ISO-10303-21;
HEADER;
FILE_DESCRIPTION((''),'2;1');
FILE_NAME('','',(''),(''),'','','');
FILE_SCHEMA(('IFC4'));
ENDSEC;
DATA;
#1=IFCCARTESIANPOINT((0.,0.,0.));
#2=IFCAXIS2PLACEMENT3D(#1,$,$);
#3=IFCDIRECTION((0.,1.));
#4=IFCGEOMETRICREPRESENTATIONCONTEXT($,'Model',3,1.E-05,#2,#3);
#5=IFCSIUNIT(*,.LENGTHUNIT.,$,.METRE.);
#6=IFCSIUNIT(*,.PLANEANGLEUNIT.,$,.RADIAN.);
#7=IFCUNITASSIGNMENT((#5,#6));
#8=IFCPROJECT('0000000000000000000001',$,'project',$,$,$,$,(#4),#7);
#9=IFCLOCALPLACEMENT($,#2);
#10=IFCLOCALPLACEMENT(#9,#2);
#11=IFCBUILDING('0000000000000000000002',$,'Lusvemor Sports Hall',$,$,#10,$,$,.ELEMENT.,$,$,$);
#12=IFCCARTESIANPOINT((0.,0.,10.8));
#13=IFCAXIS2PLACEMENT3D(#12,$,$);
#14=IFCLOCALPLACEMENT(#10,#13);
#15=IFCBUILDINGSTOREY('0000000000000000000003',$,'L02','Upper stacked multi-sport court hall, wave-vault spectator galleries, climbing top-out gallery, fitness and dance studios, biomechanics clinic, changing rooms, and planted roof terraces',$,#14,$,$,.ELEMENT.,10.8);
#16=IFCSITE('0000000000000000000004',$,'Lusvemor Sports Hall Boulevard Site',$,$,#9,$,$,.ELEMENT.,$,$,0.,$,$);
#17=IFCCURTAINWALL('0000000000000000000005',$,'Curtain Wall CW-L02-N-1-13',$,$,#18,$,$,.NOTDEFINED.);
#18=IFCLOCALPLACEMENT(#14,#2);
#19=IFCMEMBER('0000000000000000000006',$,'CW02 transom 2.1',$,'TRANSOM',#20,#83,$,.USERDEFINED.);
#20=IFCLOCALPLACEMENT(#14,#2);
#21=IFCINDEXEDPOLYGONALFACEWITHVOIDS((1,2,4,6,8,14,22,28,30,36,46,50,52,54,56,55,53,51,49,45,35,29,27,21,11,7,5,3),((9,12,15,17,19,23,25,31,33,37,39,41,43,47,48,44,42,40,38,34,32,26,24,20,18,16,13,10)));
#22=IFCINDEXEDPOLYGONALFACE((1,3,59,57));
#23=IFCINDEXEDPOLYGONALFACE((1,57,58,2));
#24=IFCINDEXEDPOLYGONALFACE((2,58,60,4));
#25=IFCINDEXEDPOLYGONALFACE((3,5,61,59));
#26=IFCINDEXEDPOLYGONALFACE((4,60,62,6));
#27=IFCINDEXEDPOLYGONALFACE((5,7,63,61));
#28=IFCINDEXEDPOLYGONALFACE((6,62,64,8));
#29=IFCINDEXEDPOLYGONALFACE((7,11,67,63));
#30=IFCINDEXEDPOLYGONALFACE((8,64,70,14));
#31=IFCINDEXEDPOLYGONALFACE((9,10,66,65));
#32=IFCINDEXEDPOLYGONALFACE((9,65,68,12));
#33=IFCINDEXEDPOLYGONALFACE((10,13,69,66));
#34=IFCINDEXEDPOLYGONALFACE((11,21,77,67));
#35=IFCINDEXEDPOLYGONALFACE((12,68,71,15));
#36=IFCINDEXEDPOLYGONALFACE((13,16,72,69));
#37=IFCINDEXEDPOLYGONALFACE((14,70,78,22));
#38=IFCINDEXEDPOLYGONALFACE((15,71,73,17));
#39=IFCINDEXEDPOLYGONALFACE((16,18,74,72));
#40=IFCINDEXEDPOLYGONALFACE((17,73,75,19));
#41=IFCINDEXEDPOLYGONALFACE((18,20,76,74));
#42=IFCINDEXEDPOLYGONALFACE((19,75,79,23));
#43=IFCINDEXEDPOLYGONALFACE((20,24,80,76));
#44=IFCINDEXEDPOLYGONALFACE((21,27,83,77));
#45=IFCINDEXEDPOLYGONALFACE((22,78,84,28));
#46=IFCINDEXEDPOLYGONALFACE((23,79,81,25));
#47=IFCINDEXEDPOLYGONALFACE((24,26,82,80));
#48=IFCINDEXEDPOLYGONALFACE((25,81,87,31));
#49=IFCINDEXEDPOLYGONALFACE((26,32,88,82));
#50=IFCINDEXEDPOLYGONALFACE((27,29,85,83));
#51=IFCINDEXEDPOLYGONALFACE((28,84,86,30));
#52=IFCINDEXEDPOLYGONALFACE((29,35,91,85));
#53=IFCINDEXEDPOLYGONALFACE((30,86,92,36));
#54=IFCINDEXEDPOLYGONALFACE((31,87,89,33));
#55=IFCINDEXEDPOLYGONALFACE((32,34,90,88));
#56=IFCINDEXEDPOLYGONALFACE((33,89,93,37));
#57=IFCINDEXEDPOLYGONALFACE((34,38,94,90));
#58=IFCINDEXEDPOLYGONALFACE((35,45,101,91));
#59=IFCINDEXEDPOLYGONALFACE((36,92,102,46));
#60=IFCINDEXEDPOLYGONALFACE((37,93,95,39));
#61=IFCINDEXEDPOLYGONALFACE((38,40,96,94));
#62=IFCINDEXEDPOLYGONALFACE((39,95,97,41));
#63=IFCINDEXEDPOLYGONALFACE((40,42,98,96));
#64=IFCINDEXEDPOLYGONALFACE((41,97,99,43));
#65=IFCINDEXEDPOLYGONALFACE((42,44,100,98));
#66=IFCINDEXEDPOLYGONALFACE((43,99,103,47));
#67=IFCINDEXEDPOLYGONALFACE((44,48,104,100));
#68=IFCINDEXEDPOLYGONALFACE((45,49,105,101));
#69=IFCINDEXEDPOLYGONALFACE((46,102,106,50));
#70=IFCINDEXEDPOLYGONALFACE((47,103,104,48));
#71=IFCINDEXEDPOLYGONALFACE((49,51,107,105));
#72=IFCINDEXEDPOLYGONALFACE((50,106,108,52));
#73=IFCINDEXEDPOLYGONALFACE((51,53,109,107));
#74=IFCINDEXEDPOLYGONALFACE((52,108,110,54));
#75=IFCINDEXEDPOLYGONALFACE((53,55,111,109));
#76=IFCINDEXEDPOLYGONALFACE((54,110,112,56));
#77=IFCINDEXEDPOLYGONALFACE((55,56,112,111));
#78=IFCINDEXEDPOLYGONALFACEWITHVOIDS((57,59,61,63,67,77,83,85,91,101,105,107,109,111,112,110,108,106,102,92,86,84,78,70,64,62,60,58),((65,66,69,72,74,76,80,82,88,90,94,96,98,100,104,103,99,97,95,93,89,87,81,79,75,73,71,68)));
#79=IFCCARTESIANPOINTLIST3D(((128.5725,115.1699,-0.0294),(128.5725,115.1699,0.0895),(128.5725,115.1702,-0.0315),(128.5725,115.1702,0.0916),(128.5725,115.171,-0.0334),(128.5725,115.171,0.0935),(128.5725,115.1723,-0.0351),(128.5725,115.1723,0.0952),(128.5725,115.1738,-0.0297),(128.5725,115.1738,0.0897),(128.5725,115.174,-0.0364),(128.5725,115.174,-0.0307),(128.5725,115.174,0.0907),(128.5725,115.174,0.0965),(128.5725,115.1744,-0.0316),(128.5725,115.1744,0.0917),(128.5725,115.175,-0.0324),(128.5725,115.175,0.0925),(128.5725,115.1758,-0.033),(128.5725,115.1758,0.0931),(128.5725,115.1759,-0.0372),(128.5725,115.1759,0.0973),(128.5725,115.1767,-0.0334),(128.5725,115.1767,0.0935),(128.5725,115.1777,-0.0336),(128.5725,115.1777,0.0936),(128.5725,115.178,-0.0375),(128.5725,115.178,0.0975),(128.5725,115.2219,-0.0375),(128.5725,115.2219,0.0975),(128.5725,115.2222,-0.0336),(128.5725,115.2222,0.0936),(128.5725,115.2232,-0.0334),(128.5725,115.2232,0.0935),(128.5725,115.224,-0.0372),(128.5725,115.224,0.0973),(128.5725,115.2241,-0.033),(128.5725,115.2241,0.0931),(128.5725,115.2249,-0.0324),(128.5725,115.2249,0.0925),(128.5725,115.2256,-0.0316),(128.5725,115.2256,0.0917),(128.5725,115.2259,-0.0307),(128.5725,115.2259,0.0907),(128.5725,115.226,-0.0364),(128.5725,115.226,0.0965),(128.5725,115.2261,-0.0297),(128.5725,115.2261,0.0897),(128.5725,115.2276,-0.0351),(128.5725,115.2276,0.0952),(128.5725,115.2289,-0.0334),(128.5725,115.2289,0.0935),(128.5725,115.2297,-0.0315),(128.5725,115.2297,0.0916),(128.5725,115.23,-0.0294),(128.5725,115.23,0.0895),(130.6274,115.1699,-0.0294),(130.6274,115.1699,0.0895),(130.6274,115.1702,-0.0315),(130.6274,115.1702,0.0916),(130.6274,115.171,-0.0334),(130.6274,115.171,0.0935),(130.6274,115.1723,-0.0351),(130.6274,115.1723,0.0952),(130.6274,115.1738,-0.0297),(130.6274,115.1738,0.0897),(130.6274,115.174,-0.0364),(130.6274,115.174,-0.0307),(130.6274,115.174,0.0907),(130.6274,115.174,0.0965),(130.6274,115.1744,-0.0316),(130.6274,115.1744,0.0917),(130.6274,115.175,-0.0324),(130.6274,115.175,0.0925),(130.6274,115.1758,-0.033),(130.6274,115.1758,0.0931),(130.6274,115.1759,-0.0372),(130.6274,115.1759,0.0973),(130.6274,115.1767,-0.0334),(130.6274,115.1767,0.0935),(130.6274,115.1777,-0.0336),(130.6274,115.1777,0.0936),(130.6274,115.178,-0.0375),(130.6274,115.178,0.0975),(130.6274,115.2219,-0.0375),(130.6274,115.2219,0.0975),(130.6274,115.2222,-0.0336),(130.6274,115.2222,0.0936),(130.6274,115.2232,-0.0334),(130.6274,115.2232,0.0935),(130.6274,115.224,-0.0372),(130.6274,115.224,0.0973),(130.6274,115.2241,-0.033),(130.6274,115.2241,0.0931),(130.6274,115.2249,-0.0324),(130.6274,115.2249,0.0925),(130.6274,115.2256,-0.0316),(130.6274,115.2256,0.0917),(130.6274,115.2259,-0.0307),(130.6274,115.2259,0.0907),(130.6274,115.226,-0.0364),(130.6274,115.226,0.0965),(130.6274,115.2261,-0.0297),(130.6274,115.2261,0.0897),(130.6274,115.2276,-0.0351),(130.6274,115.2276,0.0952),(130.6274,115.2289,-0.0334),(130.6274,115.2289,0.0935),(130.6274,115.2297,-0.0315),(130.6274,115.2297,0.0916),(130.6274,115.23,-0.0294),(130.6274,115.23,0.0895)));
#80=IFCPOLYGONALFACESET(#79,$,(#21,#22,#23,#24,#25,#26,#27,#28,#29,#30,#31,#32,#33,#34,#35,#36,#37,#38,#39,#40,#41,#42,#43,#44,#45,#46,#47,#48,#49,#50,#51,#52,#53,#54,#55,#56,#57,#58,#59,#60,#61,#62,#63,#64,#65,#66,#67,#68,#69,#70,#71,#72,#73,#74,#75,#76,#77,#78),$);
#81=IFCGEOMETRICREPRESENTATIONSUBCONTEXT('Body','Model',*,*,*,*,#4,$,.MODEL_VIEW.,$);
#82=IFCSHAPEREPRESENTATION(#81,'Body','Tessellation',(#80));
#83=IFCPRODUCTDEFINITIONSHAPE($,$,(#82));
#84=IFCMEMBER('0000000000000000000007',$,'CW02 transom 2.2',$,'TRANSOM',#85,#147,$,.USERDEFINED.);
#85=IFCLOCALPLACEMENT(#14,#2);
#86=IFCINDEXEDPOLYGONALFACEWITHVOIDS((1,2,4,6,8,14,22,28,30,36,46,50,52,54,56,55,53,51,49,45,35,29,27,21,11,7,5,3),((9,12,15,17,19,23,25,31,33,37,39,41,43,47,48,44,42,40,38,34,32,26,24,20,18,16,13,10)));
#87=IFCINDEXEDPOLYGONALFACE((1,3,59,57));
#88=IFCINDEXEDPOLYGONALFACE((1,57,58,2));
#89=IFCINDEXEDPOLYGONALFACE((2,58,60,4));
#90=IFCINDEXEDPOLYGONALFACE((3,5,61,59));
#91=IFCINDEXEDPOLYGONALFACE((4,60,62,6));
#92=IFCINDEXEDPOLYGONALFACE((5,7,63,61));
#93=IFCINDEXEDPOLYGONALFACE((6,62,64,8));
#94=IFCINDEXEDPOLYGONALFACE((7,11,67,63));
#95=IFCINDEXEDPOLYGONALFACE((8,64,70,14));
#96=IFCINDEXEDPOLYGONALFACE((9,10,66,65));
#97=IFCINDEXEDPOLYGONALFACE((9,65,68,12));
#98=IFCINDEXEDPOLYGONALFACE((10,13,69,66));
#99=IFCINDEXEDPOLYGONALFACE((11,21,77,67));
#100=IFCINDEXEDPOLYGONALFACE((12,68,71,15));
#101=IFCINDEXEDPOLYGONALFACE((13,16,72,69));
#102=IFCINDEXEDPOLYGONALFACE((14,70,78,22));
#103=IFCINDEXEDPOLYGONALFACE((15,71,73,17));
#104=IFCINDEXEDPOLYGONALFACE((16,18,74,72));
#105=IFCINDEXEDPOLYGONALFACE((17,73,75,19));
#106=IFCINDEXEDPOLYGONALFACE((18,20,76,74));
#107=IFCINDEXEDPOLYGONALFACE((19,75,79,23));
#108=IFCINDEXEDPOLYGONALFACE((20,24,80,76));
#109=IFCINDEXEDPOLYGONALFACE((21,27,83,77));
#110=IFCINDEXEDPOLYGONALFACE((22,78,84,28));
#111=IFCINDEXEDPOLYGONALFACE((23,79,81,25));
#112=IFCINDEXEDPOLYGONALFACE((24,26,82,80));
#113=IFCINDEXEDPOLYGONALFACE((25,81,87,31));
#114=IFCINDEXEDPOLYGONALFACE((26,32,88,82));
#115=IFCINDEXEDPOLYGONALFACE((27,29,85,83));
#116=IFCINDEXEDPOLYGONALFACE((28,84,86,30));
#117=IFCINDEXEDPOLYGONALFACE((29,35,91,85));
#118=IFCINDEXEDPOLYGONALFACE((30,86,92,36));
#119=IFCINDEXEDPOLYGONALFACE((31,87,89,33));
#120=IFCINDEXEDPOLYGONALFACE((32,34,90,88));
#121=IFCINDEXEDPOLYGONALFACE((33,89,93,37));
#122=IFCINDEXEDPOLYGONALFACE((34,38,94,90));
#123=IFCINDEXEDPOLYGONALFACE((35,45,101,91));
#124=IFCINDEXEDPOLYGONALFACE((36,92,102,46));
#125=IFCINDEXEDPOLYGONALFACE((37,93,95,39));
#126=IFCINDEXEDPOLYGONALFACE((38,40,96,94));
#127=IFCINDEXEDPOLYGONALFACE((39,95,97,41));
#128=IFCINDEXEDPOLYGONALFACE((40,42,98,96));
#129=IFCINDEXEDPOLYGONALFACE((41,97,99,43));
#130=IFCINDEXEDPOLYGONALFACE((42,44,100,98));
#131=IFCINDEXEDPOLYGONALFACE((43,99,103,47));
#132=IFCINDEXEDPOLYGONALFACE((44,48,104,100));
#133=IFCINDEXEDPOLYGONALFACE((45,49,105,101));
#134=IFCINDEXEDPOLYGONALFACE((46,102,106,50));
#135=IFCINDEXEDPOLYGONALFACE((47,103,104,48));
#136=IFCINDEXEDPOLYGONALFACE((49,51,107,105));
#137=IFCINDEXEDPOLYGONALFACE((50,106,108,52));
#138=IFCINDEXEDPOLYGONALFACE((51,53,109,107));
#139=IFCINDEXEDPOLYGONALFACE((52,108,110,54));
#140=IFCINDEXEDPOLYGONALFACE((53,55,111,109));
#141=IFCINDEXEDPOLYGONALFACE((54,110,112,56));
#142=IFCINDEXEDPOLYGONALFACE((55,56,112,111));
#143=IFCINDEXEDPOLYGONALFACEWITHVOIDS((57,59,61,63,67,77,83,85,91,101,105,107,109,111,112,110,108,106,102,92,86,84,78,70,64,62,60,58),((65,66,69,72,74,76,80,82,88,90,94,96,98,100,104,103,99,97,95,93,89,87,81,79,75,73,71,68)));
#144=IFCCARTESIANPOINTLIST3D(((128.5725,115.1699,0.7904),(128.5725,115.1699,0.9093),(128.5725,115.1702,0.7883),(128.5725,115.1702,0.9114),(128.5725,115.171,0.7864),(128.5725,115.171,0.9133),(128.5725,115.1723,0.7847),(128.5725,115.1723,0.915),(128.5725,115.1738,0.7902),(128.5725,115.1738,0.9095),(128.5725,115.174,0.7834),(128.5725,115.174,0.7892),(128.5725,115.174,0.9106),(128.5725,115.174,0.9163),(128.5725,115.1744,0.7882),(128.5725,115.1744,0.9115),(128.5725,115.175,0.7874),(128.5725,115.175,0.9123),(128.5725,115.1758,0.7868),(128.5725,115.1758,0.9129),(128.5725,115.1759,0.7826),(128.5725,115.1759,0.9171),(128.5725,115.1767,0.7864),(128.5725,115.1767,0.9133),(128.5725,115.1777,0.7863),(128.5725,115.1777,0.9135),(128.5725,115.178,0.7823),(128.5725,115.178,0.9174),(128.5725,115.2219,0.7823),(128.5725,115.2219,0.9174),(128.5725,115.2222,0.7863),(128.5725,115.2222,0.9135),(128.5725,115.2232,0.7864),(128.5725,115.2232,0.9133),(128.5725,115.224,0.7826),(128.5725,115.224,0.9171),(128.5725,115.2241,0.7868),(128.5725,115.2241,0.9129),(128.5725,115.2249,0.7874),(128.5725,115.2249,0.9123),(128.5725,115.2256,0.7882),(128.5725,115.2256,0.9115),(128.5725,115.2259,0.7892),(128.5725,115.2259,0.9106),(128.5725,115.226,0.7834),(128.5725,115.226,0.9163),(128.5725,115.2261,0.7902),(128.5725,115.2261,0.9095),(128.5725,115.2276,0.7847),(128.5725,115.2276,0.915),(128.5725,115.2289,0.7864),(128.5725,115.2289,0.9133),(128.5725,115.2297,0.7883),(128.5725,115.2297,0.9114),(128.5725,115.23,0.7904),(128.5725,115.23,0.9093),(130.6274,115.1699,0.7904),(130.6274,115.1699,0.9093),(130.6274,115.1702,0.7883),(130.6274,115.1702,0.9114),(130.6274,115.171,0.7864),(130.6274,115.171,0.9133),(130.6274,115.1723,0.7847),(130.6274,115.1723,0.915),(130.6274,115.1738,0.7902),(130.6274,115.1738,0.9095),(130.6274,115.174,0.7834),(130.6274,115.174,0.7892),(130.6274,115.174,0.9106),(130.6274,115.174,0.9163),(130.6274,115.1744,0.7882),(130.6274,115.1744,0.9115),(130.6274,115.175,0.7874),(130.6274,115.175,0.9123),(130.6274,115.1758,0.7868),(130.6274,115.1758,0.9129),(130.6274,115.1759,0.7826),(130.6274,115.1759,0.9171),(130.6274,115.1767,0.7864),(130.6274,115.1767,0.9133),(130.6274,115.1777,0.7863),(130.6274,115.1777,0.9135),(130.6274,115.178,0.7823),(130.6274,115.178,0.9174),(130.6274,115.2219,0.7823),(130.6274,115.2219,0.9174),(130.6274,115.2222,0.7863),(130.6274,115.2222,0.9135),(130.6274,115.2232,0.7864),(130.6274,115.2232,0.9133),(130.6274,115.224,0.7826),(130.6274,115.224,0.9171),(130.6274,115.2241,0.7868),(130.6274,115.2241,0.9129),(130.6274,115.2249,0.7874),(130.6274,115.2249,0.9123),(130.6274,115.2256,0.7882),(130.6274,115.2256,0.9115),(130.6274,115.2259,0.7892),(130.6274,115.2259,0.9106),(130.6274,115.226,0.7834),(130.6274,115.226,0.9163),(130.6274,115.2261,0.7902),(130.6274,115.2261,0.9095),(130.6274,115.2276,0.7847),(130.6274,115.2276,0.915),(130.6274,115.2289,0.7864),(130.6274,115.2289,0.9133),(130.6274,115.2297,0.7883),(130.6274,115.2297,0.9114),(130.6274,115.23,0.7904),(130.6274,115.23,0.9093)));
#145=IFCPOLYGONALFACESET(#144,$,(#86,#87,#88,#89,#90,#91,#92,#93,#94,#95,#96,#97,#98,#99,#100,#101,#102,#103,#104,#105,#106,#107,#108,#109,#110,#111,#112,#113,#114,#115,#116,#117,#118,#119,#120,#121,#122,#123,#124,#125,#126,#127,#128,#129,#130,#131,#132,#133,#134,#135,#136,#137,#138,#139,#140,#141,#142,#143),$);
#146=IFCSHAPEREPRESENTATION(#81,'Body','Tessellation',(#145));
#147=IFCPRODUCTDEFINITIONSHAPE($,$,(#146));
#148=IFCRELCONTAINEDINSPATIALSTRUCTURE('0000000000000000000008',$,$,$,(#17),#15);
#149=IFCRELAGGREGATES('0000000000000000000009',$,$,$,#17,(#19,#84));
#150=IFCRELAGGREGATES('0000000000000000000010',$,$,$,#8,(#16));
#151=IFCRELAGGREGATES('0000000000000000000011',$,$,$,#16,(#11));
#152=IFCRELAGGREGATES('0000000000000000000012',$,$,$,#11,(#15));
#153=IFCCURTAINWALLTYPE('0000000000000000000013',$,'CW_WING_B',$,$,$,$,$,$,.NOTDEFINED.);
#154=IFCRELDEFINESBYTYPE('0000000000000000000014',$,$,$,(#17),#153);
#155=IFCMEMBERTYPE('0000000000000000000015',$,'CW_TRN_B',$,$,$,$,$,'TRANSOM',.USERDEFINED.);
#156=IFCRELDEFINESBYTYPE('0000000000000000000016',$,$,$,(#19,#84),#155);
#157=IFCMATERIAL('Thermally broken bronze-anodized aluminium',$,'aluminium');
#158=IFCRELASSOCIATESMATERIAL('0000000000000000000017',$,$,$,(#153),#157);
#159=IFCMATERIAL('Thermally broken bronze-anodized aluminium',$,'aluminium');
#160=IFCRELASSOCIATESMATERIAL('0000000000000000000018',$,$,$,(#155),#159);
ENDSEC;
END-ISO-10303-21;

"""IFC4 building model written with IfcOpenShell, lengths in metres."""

from ifc_helpers import new_model, si_unit, direction, frame, origin, origin_2d, place, context, subcontext, project, spatial, hollow_rectangle, extrude, material, material_profile, profile_set, type_object, element, aggregate, save


model = new_model("IFC4")

# Units and contexts
model_context = context("Model", 3, precision=1e-05, world=origin(), true_north=direction((0.0, 1.0)))
body_context = subcontext(model_context, "Body", "Model", "MODEL_VIEW")
ifc_project = project(units=[si_unit("LENGTHUNIT", "METRE"), si_unit("PLANEANGLEUNIT", "RADIAN")], contexts=[model_context])

# Site, building, storey
site_placement = place(None, origin())
site = spatial("IfcSite", under=ifc_project, at=site_placement, Name="Lusvemor Sports Hall Boulevard Site", CompositionType="ELEMENT", RefElevation=0.0)
building_placement = place(site_placement, origin())
building = spatial("IfcBuilding", under=site, at=building_placement, Name="Lusvemor Sports Hall", CompositionType="ELEMENT")
storey_placement = place(building_placement, frame((0.0, 0.0, 10.8)))
storey = spatial("IfcBuildingStorey", under=building, at=storey_placement, Name="L02", Description="Upper stacked multi-sport court hall, wave-vault spectator galleries, climbing top-out gallery, fitness and dance studios, biomechanics clinic, changing rooms, and planted roof terraces", CompositionType="ELEMENT", Elevation=10.8)

# Curtain wall, members
ifc_material_1 = material(Name="Thermally broken bronze-anodized aluminium", Category="aluminium")
curtain_wall_type_1 = type_object("IfcCurtainWallType", Name="CW_WING_B", PredefinedType="NOTDEFINED", material=ifc_material_1)
curtain_wall_1_placement = place(storey_placement, origin())
curtain_wall_1 = element("IfcCurtainWall", 1, at=curtain_wall_1_placement, inside=storey, type_object=curtain_wall_type_1, Name="Curtain Wall CW-L02-N-1-13", PredefinedType="NOTDEFINED")
ifc_material_2 = material(Name="Thermally broken bronze-anodized aluminium", Category="aluminium")
ifc_material_profile_1 = material_profile(ifc_material_2, hollow_rectangle(XDim=0.0601, YDim=0.135, WallThickness=0.0039, InnerFilletRadius=0.0039, OuterFilletRadius=0.0081, at=origin_2d()), Name="CWTRN135x60x4")
ifc_profile_set_1 = profile_set([ifc_material_profile_1], Name="Thermally broken bronze-anodized aluminium")
member_type_1 = type_object("IfcMemberType", Name="CW_TRN_B", ElementType="TRANSOM", PredefinedType="USERDEFINED", material=ifc_profile_set_1)
member_1_placement = place(storey_placement, frame((128.5725, 115.2, 0.03), z_axis=(1.0, 0.0, 0.0), x_axis=(0.0, 1.0, 0.0)))
member_1 = element("IfcMember", 2, at=member_1_placement, type_object=member_type_1, Name="CW02 transom 2.1", ObjectType="TRANSOM", PredefinedType="USERDEFINED", context=body_context, shape_type="SweptSolid", body=[
    extrude(hollow_rectangle(XDim=0.0601, YDim=0.135, WallThickness=0.0039, InnerFilletRadius=0.0039, OuterFilletRadius=0.0081, at=origin_2d()), origin(), (0.0, 0.0, 1.0), 2.0549),
])
member_2_placement = place(storey_placement, frame((128.5725, 115.2, 0.8499), z_axis=(1.0, 0.0, 0.0), x_axis=(0.0, 1.0, 0.0)))
member_2 = element("IfcMember", 3, at=member_2_placement, type_object=member_type_1, Name="CW02 transom 2.2", ObjectType="TRANSOM", PredefinedType="USERDEFINED", context=body_context, shape_type="SweptSolid", body=[
    extrude(hollow_rectangle(XDim=0.0601, YDim=0.135, WallThickness=0.0039, InnerFilletRadius=0.0039, OuterFilletRadius=0.0081, at=origin_2d()), origin(), (0.0, 0.0, 1.0), 2.0549),
])

aggregate(curtain_wall_1, [member_1, member_2])

save(model, "model.ifc")
